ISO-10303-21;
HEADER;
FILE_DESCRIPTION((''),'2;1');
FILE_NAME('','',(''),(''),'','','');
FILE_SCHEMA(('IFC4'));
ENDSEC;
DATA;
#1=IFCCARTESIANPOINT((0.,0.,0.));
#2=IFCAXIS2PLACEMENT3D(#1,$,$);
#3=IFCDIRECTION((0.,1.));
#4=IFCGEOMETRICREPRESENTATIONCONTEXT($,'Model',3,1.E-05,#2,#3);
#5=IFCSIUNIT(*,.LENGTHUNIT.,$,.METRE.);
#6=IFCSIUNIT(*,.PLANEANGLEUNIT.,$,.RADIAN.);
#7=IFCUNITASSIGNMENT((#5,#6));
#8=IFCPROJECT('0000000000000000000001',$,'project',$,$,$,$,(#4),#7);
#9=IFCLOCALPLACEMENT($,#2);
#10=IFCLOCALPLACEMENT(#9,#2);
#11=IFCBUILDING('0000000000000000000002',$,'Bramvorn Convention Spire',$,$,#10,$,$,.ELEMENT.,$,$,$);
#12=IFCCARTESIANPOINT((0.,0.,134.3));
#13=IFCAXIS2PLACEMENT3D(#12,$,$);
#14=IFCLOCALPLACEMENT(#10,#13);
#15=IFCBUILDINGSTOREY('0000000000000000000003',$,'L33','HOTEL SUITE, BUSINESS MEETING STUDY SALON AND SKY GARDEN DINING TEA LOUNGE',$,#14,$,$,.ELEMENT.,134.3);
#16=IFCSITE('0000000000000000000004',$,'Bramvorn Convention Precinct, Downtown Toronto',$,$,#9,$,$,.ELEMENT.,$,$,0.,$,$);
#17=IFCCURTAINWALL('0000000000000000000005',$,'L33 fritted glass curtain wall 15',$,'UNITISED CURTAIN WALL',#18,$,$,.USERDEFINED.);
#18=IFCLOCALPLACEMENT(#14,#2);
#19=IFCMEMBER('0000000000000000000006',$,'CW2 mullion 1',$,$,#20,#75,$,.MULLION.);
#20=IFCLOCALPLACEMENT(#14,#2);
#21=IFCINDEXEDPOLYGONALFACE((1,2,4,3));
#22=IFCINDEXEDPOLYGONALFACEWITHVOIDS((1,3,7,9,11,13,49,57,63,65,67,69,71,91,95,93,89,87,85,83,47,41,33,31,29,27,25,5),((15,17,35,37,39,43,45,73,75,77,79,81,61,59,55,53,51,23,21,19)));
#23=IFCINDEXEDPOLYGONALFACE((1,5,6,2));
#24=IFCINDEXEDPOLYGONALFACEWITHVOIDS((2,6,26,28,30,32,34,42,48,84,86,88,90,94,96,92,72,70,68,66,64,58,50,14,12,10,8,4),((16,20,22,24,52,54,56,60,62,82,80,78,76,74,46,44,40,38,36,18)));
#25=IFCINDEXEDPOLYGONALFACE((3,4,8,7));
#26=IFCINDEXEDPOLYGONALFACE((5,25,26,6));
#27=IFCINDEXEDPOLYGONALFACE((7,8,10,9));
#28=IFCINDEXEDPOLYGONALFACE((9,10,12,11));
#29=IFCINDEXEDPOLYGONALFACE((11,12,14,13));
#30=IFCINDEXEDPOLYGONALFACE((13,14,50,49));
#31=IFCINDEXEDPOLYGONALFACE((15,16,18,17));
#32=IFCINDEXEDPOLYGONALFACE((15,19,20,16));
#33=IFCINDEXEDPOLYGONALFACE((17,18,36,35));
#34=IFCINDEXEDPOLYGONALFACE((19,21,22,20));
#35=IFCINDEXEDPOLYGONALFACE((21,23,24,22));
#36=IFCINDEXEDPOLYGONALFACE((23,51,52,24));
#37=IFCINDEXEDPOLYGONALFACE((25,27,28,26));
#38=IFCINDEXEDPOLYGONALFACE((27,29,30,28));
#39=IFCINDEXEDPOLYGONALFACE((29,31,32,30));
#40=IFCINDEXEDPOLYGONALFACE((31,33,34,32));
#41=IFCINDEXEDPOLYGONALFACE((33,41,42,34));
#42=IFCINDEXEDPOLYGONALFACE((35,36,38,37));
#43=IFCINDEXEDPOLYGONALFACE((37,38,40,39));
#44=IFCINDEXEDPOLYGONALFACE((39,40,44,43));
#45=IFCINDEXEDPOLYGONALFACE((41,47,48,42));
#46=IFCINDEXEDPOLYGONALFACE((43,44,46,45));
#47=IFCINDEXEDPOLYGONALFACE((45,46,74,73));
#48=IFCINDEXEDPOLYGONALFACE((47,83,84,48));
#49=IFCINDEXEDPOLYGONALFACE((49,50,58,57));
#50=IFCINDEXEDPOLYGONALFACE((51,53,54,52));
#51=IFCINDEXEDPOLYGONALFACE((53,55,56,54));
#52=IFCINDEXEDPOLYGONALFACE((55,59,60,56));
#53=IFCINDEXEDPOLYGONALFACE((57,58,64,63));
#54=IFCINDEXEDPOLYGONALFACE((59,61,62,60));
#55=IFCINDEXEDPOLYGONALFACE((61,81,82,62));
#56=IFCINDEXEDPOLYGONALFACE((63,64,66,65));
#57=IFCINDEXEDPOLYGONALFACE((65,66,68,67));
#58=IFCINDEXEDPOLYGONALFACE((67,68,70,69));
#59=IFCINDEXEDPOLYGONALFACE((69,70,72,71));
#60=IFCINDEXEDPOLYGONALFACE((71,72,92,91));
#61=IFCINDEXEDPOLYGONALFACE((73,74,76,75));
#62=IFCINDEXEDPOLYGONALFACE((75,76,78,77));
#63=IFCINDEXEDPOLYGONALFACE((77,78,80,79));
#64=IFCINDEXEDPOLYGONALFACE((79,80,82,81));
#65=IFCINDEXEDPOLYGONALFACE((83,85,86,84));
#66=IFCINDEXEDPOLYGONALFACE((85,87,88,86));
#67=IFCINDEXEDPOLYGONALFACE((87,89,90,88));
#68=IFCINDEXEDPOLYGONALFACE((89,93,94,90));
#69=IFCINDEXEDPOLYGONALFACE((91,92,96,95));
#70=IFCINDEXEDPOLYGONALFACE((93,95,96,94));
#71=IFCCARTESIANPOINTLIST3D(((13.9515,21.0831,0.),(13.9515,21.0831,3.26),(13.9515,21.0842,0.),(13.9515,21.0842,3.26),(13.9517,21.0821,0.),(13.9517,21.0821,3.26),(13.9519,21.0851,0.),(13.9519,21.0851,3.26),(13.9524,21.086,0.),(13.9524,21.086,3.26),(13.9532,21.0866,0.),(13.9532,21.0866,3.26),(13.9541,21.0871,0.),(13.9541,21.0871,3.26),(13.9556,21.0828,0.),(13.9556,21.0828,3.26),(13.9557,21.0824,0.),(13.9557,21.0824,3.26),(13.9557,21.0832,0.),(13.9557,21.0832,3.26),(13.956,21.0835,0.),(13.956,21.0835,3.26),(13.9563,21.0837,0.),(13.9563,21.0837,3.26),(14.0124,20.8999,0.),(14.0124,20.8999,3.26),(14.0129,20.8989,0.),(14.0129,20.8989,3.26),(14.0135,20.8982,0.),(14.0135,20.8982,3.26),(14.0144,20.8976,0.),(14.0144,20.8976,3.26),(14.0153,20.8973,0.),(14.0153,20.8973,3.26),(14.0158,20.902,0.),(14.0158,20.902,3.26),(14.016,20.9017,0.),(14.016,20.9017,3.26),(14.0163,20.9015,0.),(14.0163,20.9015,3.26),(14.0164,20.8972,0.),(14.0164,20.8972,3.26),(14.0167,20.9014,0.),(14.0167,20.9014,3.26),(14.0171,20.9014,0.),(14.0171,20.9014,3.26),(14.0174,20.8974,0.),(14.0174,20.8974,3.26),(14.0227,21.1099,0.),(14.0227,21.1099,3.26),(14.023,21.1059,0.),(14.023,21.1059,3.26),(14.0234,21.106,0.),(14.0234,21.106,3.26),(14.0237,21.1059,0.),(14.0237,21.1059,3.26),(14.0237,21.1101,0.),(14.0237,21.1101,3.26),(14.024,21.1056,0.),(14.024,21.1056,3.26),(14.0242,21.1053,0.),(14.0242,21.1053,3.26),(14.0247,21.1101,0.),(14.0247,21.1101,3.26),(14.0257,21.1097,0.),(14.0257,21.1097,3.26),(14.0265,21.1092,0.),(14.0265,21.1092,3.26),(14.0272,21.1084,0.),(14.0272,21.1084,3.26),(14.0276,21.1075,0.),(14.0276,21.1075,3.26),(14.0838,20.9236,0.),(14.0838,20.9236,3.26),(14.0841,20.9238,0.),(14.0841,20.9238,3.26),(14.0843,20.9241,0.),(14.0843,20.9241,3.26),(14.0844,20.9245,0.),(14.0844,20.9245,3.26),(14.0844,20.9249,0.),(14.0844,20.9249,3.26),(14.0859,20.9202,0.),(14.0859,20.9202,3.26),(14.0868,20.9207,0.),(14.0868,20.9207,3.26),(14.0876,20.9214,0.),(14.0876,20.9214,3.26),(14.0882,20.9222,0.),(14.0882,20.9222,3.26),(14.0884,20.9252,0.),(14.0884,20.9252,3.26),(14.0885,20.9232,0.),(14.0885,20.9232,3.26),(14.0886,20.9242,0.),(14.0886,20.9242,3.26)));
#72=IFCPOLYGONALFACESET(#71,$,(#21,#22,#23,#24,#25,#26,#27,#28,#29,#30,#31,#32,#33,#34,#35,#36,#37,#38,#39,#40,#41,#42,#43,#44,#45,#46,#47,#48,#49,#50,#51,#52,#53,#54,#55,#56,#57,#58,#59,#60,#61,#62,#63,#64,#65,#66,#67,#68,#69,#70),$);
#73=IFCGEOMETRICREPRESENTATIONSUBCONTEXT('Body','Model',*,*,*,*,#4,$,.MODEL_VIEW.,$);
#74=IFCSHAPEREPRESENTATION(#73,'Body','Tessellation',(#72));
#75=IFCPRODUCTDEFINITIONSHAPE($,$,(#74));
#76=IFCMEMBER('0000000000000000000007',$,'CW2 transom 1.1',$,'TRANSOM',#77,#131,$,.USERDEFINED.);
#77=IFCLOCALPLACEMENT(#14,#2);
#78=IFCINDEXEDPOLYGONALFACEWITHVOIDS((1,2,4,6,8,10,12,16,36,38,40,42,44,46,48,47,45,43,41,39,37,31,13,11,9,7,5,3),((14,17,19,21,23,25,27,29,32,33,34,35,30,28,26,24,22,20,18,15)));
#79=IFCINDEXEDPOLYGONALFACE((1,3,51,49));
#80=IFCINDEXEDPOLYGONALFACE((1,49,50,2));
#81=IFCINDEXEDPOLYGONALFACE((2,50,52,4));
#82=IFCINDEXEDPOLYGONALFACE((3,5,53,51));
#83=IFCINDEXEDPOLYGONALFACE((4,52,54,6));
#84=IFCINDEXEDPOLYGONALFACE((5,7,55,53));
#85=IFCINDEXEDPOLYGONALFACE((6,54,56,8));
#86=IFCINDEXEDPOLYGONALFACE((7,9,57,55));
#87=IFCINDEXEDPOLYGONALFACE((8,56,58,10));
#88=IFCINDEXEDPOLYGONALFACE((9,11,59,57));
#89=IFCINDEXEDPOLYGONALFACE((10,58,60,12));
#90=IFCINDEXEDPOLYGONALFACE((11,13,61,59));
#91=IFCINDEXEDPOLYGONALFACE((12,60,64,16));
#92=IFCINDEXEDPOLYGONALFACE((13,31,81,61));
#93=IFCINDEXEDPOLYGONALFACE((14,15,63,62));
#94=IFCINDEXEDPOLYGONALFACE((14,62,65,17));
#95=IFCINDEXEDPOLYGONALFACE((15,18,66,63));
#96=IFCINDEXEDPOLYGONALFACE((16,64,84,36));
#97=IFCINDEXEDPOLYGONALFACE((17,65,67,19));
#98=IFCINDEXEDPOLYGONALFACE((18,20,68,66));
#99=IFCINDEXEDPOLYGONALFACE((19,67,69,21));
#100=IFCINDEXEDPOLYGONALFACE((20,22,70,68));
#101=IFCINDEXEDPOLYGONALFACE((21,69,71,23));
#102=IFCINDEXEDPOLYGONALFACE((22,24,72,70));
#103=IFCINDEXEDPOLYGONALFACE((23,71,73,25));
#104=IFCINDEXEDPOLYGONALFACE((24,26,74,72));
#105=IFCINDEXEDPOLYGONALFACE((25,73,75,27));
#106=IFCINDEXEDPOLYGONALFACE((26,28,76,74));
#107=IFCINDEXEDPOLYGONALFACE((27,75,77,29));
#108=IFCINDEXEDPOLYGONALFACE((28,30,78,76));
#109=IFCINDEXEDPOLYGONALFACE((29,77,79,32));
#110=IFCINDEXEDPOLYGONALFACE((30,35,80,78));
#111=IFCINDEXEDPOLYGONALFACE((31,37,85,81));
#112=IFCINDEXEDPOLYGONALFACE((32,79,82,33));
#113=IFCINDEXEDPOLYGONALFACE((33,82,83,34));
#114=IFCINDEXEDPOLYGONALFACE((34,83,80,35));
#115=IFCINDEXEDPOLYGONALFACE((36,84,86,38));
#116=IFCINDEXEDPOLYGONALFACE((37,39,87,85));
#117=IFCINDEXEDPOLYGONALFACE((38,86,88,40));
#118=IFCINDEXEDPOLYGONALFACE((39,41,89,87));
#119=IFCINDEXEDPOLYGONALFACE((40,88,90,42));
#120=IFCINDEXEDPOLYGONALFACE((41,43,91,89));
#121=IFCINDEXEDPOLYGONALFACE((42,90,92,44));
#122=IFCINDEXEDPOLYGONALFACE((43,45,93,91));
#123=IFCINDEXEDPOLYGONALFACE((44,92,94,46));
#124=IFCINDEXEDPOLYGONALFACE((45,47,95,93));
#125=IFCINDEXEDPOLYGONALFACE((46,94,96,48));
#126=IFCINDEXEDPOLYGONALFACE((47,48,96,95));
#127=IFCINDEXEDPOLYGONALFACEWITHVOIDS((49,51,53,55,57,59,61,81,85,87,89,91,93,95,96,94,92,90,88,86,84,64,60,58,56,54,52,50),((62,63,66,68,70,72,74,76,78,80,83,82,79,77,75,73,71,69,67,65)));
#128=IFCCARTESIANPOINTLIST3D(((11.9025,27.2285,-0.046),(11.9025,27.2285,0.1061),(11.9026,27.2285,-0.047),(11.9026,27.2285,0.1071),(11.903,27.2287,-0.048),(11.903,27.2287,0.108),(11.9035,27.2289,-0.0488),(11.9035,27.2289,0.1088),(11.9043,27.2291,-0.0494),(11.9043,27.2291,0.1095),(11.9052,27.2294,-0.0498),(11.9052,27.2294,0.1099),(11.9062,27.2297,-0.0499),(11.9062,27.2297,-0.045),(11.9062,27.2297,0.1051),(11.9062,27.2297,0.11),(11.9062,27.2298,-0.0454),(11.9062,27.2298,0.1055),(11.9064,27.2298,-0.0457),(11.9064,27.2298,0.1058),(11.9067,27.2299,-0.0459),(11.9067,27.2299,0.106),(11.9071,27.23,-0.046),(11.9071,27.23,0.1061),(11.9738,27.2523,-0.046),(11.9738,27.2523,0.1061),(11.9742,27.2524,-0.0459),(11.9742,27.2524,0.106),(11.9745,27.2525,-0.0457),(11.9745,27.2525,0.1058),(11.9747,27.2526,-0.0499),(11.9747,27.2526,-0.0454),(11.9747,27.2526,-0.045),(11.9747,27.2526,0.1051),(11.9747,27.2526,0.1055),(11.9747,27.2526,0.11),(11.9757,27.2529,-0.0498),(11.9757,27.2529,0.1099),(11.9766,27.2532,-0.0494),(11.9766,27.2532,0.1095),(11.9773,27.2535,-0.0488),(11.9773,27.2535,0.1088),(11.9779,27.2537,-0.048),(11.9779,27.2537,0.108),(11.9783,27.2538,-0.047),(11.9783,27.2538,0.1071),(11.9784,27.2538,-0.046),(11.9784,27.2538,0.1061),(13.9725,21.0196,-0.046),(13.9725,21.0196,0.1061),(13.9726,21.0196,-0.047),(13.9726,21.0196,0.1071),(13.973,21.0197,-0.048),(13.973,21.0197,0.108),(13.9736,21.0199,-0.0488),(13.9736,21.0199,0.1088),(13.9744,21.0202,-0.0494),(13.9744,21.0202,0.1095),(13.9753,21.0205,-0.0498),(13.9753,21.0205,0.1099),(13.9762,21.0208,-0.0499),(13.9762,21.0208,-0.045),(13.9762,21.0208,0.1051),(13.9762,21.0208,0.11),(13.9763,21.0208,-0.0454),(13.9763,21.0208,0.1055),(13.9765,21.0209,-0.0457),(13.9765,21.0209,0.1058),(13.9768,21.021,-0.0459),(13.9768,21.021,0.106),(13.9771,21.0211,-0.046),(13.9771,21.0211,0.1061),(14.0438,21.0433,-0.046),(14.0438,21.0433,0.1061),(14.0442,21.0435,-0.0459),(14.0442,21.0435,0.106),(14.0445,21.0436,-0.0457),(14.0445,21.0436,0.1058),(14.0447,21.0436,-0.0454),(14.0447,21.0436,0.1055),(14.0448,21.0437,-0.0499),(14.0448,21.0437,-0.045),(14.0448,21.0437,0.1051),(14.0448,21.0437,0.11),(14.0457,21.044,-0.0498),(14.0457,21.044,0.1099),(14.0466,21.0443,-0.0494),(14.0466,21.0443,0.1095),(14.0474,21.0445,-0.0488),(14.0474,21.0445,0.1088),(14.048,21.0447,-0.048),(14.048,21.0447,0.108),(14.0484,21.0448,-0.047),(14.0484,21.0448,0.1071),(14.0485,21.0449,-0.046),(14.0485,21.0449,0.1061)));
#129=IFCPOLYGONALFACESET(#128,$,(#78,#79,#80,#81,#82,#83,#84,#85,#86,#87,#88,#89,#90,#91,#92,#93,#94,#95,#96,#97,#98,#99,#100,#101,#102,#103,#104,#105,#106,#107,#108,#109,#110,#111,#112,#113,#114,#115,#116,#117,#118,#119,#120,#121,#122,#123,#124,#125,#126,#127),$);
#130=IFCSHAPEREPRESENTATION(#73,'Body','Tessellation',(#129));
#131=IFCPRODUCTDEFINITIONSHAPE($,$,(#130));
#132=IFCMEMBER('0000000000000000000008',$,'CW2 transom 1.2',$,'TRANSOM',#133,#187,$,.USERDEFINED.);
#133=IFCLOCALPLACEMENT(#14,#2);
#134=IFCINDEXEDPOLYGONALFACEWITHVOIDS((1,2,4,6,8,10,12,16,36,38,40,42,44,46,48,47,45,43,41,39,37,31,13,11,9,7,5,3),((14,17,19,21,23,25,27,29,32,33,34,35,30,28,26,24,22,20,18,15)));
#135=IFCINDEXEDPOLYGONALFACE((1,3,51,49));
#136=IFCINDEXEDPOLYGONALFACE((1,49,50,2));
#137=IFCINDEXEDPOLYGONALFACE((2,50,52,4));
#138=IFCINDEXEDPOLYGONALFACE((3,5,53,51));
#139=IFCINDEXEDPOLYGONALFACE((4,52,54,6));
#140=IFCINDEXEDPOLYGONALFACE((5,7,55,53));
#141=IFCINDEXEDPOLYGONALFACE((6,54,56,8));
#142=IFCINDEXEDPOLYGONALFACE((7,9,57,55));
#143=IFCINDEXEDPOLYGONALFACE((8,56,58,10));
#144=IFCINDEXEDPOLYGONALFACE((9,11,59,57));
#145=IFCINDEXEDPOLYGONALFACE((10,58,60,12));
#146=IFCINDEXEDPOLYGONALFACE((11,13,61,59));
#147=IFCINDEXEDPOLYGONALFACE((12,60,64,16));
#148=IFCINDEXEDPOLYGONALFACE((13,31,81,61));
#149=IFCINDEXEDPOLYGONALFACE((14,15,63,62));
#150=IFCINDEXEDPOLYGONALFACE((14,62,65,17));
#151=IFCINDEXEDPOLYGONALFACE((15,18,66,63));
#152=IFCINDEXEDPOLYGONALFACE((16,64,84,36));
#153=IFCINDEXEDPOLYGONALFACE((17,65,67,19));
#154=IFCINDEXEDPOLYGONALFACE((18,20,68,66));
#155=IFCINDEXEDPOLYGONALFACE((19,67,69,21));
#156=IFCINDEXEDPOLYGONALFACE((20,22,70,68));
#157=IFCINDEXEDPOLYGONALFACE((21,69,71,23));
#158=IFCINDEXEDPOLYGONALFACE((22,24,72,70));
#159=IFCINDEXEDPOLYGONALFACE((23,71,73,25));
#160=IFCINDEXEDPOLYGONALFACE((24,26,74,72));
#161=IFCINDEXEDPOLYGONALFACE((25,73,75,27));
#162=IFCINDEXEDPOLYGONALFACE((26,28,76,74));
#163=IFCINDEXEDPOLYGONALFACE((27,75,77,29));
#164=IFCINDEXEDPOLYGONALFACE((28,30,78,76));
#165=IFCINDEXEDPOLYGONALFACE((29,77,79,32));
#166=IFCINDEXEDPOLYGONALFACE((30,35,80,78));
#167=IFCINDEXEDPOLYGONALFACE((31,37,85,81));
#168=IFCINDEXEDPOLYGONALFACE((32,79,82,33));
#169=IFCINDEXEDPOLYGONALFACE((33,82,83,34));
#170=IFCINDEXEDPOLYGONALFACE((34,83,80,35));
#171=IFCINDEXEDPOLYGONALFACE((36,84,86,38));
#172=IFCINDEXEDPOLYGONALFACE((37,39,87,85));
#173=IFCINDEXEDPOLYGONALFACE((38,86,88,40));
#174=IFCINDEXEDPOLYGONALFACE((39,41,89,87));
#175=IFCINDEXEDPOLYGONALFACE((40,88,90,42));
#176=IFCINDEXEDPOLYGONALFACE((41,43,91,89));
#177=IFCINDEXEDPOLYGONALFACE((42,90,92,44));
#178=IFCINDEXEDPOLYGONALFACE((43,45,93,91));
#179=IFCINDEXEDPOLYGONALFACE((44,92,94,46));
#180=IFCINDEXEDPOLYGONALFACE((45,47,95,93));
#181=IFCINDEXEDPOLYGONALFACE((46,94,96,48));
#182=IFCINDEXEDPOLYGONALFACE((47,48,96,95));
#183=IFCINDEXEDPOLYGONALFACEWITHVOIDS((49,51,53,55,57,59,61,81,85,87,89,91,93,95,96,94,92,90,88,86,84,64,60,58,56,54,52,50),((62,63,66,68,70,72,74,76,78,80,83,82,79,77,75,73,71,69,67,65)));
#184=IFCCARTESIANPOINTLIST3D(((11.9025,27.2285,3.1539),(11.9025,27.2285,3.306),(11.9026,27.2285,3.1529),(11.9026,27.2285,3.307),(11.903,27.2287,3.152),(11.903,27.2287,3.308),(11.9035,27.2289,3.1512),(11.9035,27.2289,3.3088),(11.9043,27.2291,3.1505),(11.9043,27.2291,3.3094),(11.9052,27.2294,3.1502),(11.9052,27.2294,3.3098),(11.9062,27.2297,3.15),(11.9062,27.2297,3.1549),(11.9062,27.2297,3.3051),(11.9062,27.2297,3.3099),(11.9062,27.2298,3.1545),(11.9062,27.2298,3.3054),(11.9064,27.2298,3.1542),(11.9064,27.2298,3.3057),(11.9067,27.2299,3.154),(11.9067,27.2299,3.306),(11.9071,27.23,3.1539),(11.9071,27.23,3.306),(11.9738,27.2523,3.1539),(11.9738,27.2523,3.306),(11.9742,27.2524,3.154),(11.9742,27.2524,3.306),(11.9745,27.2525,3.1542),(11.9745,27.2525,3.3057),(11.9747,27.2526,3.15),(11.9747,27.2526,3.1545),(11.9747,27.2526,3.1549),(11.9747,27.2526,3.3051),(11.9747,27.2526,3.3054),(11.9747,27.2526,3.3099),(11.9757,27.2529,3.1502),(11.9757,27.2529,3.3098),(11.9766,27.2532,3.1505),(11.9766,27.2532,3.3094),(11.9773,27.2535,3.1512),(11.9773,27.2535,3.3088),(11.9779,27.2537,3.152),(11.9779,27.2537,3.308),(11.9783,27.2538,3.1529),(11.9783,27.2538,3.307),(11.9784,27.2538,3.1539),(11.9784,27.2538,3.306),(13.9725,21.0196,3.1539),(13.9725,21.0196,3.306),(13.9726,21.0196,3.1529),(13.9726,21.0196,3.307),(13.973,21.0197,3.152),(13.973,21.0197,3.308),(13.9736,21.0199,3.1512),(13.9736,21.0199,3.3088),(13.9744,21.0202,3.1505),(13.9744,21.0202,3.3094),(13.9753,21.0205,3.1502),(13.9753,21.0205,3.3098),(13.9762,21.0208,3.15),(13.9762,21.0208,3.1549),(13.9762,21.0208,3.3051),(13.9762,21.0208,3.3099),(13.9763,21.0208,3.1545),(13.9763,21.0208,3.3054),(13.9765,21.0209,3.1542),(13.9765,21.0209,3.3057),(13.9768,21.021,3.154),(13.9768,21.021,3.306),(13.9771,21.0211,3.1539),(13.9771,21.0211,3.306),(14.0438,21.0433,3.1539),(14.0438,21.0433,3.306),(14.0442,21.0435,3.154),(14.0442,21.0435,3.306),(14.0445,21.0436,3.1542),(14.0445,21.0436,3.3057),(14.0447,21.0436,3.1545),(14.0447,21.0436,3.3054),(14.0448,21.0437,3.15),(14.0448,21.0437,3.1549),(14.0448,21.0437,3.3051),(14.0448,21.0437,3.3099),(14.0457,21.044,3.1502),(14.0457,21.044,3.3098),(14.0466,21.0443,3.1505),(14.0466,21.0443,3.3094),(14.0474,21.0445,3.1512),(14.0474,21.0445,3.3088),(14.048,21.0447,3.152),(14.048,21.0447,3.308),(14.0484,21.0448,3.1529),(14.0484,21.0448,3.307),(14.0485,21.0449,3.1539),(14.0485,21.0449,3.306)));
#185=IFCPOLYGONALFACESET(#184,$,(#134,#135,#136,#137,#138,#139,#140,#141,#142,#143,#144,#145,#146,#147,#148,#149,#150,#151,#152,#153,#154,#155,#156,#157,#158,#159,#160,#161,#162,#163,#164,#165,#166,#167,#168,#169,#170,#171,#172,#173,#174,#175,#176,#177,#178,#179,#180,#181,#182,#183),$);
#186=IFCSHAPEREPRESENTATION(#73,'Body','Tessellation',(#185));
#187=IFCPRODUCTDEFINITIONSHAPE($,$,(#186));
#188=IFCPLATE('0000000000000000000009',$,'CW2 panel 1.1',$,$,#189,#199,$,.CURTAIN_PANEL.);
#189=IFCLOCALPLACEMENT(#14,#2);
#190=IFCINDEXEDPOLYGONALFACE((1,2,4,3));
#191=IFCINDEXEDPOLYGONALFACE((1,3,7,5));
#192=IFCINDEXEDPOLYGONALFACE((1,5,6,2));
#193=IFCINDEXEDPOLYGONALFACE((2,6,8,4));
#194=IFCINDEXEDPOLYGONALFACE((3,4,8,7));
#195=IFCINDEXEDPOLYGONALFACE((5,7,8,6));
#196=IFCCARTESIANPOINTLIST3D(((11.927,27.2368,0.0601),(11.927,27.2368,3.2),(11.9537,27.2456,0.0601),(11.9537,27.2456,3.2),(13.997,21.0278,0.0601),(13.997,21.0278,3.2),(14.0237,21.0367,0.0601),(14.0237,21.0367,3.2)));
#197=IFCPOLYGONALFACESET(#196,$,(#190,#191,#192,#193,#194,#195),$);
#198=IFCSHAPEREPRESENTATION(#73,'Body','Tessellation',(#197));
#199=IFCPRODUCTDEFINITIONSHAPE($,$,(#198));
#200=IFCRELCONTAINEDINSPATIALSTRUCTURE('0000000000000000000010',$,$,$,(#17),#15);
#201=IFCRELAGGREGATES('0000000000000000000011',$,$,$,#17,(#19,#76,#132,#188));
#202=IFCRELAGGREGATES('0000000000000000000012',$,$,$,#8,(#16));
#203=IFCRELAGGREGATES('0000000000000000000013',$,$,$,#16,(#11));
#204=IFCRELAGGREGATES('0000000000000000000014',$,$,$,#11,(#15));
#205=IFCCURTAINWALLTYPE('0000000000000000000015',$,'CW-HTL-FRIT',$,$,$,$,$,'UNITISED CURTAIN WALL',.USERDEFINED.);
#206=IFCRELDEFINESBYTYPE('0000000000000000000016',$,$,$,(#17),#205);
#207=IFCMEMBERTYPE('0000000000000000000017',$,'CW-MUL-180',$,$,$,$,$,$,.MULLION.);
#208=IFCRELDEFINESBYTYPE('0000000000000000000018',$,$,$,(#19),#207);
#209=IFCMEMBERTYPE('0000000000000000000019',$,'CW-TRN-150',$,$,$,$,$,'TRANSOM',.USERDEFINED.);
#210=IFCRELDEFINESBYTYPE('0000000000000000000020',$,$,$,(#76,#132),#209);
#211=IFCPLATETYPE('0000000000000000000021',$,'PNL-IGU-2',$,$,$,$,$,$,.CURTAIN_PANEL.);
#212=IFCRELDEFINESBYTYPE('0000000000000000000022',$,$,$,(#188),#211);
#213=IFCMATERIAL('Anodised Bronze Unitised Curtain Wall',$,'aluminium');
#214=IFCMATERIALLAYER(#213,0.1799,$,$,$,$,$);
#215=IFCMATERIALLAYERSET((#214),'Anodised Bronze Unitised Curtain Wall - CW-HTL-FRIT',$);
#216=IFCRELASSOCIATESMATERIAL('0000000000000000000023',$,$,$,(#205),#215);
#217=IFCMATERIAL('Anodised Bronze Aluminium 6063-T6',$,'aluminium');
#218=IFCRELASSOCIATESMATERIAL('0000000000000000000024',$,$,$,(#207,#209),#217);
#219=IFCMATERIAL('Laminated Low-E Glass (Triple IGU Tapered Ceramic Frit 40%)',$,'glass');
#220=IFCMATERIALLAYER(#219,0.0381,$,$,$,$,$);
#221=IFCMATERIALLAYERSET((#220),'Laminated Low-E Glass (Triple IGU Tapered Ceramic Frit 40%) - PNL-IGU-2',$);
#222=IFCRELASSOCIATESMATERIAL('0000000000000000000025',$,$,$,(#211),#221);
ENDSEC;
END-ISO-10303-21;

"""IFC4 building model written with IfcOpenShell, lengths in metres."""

from ifc_helpers import new_model, si_unit, direction, frame, origin, origin_2d, place, context, subcontext, project, spatial, rectangle, hollow_rectangle, extrude, material, layer, layer_set, material_profile, profile_set, type_object, element, aggregate, save


model = new_model("IFC4")

# Units and contexts
model_context = context("Model", 3, precision=1e-05, world=origin(), true_north=direction((0.0, 1.0)))
body_context = subcontext(model_context, "Body", "Model", "MODEL_VIEW")
ifc_project = project(units=[si_unit("LENGTHUNIT", "METRE"), si_unit("PLANEANGLEUNIT", "RADIAN")], contexts=[model_context])

# Site, building, storey
site_placement = place(None, origin())
site = spatial("IfcSite", under=ifc_project, at=site_placement, Name="Bramvorn Convention Precinct, Downtown Toronto", CompositionType="ELEMENT", RefElevation=0.0)
building_placement = place(site_placement, origin())
building = spatial("IfcBuilding", under=site, at=building_placement, Name="Bramvorn Convention Spire", CompositionType="ELEMENT")
storey_placement = place(building_placement, frame((0.0, 0.0, 134.3)))
storey = spatial("IfcBuildingStorey", under=building, at=storey_placement, Name="L33", Description="HOTEL SUITE, BUSINESS MEETING STUDY SALON AND SKY GARDEN DINING TEA LOUNGE", CompositionType="ELEMENT", Elevation=134.3)

# Curtain wall, members, plate
ifc_material_1 = material(Name="Anodised Bronze Unitised Curtain Wall", Category="aluminium")
ifc_layer_1 = layer(ifc_material_1, 0.1799)
ifc_layer_set_1 = layer_set([ifc_layer_1], Name="Anodised Bronze Unitised Curtain Wall - CW-HTL-FRIT")
curtain_wall_type = type_object("IfcCurtainWallType", Name="CW-HTL-FRIT", ElementType="UNITISED CURTAIN WALL", PredefinedType="USERDEFINED", material=ifc_layer_set_1)
curtain_wall_placement = place(storey_placement, origin())
curtain_wall = element("IfcCurtainWall", 1, at=curtain_wall_placement, inside=storey, type_object=curtain_wall_type, Name="L33 fritted glass curtain wall 15", ObjectType="UNITISED CURTAIN WALL", PredefinedType="USERDEFINED")
ifc_material_2 = material(Name="Anodised Bronze Aluminium 6063-T6", Category="aluminium")
ifc_material_profile_1 = material_profile(ifc_material_2, hollow_rectangle(XDim=0.0801, YDim=0.2, WallThickness=0.0039, InnerFilletRadius=0.001, OuterFilletRadius=0.0039, at=origin_2d()))
ifc_profile_set_1 = profile_set([ifc_material_profile_1], Name="Anodised Bronze Aluminium 6063-T6 - CWM80X200")
member_type_1 = type_object("IfcMemberType", Name="CW-MUL-180", PredefinedType="MULLION", material=ifc_profile_set_1)
member_1_placement = place(storey_placement, frame((14.02, 21.0037, 0.0), z_axis=(0.0, 0.0, 1.0), x_axis=(-0.948667, -0.316277, 0.0)))
member_1 = element("IfcMember", 2, at=member_1_placement, type_object=member_type_1, Name="CW2 mullion 1", PredefinedType="MULLION", context=body_context, shape_type="SweptSolid", body=[
    extrude(hollow_rectangle(XDim=0.0801, YDim=0.2, WallThickness=0.0039, InnerFilletRadius=0.001, OuterFilletRadius=0.0039, at=origin_2d()), origin(), (0.0, 0.0, 1.0), 3.26),
])
ifc_material_profile_2 = material_profile(ifc_material_2, hollow_rectangle(XDim=0.0801, YDim=0.1599, WallThickness=0.0039, InnerFilletRadius=0.001, OuterFilletRadius=0.0039, at=origin_2d()))
ifc_profile_set_2 = profile_set([ifc_material_profile_2], Name="Anodised Bronze Aluminium 6063-T6 - CWT80X160")
member_type_2 = type_object("IfcMemberType", Name="CW-TRN-150", ElementType="TRANSOM", PredefinedType="USERDEFINED", material=ifc_profile_set_2)
member_2_placement = place(storey_placement, frame((14.0105, 21.0322, 0.03), z_axis=(-0.316284, 0.948665, 0.0), x_axis=(-0.948665, -0.316284, 0.0)))
member_2 = element("IfcMember", 3, at=member_2_placement, type_object=member_type_2, Name="CW2 transom 1.1", ObjectType="TRANSOM", PredefinedType="USERDEFINED", context=body_context, shape_type="SweptSolid", body=[
    extrude(hollow_rectangle(XDim=0.0801, YDim=0.1599, WallThickness=0.0039, InnerFilletRadius=0.001, OuterFilletRadius=0.0039, at=origin_2d()), origin(), (0.0, 0.0, 1.0), 6.5449),
])
member_3_placement = place(storey_placement, frame((14.0105, 21.0322, 3.23), z_axis=(-0.316284, 0.948665, 0.0), x_axis=(-0.948665, -0.316284, 0.0)))
member_3 = element("IfcMember", 4, at=member_3_placement, type_object=member_type_2, Name="CW2 transom 1.2", ObjectType="TRANSOM", PredefinedType="USERDEFINED", context=body_context, shape_type="SweptSolid", body=[
    extrude(hollow_rectangle(XDim=0.0801, YDim=0.1599, WallThickness=0.0039, InnerFilletRadius=0.001, OuterFilletRadius=0.0039, at=origin_2d()), origin(), (0.0, 0.0, 1.0), 6.5449),
])
ifc_material_3 = material(Name="Laminated Low-E Glass (Triple IGU Tapered Ceramic Frit 40%)", Category="glass")
ifc_layer_2 = layer(ifc_material_3, 0.0381)
ifc_layer_set_2 = layer_set([ifc_layer_2], Name="Laminated Low-E Glass (Triple IGU Tapered Ceramic Frit 40%) - PNL-IGU-2")
plate_type = type_object("IfcPlateType", Name="PNL-IGU-2", PredefinedType="CURTAIN_PANEL", material=ifc_layer_set_2)
plate_placement = place(storey_placement, frame((12.9753, 24.1367, 0.0601), z_axis=(0.0, 0.0, 1.0), x_axis=(-0.316277, 0.948667, 0.0)))
plate = element("IfcPlate", 5, at=plate_placement, type_object=plate_type, Name="CW2 panel 1.1", PredefinedType="CURTAIN_PANEL", context=body_context, shape_type="SweptSolid", body=[
    extrude(rectangle(XDim=6.5449, YDim=0.0281, at=origin_2d()), origin(), (0.0, 0.0, 1.0), 3.1399),
])
aggregate(curtain_wall, [member_1, member_2, member_3, plate])

save(model, "model.ifc")
